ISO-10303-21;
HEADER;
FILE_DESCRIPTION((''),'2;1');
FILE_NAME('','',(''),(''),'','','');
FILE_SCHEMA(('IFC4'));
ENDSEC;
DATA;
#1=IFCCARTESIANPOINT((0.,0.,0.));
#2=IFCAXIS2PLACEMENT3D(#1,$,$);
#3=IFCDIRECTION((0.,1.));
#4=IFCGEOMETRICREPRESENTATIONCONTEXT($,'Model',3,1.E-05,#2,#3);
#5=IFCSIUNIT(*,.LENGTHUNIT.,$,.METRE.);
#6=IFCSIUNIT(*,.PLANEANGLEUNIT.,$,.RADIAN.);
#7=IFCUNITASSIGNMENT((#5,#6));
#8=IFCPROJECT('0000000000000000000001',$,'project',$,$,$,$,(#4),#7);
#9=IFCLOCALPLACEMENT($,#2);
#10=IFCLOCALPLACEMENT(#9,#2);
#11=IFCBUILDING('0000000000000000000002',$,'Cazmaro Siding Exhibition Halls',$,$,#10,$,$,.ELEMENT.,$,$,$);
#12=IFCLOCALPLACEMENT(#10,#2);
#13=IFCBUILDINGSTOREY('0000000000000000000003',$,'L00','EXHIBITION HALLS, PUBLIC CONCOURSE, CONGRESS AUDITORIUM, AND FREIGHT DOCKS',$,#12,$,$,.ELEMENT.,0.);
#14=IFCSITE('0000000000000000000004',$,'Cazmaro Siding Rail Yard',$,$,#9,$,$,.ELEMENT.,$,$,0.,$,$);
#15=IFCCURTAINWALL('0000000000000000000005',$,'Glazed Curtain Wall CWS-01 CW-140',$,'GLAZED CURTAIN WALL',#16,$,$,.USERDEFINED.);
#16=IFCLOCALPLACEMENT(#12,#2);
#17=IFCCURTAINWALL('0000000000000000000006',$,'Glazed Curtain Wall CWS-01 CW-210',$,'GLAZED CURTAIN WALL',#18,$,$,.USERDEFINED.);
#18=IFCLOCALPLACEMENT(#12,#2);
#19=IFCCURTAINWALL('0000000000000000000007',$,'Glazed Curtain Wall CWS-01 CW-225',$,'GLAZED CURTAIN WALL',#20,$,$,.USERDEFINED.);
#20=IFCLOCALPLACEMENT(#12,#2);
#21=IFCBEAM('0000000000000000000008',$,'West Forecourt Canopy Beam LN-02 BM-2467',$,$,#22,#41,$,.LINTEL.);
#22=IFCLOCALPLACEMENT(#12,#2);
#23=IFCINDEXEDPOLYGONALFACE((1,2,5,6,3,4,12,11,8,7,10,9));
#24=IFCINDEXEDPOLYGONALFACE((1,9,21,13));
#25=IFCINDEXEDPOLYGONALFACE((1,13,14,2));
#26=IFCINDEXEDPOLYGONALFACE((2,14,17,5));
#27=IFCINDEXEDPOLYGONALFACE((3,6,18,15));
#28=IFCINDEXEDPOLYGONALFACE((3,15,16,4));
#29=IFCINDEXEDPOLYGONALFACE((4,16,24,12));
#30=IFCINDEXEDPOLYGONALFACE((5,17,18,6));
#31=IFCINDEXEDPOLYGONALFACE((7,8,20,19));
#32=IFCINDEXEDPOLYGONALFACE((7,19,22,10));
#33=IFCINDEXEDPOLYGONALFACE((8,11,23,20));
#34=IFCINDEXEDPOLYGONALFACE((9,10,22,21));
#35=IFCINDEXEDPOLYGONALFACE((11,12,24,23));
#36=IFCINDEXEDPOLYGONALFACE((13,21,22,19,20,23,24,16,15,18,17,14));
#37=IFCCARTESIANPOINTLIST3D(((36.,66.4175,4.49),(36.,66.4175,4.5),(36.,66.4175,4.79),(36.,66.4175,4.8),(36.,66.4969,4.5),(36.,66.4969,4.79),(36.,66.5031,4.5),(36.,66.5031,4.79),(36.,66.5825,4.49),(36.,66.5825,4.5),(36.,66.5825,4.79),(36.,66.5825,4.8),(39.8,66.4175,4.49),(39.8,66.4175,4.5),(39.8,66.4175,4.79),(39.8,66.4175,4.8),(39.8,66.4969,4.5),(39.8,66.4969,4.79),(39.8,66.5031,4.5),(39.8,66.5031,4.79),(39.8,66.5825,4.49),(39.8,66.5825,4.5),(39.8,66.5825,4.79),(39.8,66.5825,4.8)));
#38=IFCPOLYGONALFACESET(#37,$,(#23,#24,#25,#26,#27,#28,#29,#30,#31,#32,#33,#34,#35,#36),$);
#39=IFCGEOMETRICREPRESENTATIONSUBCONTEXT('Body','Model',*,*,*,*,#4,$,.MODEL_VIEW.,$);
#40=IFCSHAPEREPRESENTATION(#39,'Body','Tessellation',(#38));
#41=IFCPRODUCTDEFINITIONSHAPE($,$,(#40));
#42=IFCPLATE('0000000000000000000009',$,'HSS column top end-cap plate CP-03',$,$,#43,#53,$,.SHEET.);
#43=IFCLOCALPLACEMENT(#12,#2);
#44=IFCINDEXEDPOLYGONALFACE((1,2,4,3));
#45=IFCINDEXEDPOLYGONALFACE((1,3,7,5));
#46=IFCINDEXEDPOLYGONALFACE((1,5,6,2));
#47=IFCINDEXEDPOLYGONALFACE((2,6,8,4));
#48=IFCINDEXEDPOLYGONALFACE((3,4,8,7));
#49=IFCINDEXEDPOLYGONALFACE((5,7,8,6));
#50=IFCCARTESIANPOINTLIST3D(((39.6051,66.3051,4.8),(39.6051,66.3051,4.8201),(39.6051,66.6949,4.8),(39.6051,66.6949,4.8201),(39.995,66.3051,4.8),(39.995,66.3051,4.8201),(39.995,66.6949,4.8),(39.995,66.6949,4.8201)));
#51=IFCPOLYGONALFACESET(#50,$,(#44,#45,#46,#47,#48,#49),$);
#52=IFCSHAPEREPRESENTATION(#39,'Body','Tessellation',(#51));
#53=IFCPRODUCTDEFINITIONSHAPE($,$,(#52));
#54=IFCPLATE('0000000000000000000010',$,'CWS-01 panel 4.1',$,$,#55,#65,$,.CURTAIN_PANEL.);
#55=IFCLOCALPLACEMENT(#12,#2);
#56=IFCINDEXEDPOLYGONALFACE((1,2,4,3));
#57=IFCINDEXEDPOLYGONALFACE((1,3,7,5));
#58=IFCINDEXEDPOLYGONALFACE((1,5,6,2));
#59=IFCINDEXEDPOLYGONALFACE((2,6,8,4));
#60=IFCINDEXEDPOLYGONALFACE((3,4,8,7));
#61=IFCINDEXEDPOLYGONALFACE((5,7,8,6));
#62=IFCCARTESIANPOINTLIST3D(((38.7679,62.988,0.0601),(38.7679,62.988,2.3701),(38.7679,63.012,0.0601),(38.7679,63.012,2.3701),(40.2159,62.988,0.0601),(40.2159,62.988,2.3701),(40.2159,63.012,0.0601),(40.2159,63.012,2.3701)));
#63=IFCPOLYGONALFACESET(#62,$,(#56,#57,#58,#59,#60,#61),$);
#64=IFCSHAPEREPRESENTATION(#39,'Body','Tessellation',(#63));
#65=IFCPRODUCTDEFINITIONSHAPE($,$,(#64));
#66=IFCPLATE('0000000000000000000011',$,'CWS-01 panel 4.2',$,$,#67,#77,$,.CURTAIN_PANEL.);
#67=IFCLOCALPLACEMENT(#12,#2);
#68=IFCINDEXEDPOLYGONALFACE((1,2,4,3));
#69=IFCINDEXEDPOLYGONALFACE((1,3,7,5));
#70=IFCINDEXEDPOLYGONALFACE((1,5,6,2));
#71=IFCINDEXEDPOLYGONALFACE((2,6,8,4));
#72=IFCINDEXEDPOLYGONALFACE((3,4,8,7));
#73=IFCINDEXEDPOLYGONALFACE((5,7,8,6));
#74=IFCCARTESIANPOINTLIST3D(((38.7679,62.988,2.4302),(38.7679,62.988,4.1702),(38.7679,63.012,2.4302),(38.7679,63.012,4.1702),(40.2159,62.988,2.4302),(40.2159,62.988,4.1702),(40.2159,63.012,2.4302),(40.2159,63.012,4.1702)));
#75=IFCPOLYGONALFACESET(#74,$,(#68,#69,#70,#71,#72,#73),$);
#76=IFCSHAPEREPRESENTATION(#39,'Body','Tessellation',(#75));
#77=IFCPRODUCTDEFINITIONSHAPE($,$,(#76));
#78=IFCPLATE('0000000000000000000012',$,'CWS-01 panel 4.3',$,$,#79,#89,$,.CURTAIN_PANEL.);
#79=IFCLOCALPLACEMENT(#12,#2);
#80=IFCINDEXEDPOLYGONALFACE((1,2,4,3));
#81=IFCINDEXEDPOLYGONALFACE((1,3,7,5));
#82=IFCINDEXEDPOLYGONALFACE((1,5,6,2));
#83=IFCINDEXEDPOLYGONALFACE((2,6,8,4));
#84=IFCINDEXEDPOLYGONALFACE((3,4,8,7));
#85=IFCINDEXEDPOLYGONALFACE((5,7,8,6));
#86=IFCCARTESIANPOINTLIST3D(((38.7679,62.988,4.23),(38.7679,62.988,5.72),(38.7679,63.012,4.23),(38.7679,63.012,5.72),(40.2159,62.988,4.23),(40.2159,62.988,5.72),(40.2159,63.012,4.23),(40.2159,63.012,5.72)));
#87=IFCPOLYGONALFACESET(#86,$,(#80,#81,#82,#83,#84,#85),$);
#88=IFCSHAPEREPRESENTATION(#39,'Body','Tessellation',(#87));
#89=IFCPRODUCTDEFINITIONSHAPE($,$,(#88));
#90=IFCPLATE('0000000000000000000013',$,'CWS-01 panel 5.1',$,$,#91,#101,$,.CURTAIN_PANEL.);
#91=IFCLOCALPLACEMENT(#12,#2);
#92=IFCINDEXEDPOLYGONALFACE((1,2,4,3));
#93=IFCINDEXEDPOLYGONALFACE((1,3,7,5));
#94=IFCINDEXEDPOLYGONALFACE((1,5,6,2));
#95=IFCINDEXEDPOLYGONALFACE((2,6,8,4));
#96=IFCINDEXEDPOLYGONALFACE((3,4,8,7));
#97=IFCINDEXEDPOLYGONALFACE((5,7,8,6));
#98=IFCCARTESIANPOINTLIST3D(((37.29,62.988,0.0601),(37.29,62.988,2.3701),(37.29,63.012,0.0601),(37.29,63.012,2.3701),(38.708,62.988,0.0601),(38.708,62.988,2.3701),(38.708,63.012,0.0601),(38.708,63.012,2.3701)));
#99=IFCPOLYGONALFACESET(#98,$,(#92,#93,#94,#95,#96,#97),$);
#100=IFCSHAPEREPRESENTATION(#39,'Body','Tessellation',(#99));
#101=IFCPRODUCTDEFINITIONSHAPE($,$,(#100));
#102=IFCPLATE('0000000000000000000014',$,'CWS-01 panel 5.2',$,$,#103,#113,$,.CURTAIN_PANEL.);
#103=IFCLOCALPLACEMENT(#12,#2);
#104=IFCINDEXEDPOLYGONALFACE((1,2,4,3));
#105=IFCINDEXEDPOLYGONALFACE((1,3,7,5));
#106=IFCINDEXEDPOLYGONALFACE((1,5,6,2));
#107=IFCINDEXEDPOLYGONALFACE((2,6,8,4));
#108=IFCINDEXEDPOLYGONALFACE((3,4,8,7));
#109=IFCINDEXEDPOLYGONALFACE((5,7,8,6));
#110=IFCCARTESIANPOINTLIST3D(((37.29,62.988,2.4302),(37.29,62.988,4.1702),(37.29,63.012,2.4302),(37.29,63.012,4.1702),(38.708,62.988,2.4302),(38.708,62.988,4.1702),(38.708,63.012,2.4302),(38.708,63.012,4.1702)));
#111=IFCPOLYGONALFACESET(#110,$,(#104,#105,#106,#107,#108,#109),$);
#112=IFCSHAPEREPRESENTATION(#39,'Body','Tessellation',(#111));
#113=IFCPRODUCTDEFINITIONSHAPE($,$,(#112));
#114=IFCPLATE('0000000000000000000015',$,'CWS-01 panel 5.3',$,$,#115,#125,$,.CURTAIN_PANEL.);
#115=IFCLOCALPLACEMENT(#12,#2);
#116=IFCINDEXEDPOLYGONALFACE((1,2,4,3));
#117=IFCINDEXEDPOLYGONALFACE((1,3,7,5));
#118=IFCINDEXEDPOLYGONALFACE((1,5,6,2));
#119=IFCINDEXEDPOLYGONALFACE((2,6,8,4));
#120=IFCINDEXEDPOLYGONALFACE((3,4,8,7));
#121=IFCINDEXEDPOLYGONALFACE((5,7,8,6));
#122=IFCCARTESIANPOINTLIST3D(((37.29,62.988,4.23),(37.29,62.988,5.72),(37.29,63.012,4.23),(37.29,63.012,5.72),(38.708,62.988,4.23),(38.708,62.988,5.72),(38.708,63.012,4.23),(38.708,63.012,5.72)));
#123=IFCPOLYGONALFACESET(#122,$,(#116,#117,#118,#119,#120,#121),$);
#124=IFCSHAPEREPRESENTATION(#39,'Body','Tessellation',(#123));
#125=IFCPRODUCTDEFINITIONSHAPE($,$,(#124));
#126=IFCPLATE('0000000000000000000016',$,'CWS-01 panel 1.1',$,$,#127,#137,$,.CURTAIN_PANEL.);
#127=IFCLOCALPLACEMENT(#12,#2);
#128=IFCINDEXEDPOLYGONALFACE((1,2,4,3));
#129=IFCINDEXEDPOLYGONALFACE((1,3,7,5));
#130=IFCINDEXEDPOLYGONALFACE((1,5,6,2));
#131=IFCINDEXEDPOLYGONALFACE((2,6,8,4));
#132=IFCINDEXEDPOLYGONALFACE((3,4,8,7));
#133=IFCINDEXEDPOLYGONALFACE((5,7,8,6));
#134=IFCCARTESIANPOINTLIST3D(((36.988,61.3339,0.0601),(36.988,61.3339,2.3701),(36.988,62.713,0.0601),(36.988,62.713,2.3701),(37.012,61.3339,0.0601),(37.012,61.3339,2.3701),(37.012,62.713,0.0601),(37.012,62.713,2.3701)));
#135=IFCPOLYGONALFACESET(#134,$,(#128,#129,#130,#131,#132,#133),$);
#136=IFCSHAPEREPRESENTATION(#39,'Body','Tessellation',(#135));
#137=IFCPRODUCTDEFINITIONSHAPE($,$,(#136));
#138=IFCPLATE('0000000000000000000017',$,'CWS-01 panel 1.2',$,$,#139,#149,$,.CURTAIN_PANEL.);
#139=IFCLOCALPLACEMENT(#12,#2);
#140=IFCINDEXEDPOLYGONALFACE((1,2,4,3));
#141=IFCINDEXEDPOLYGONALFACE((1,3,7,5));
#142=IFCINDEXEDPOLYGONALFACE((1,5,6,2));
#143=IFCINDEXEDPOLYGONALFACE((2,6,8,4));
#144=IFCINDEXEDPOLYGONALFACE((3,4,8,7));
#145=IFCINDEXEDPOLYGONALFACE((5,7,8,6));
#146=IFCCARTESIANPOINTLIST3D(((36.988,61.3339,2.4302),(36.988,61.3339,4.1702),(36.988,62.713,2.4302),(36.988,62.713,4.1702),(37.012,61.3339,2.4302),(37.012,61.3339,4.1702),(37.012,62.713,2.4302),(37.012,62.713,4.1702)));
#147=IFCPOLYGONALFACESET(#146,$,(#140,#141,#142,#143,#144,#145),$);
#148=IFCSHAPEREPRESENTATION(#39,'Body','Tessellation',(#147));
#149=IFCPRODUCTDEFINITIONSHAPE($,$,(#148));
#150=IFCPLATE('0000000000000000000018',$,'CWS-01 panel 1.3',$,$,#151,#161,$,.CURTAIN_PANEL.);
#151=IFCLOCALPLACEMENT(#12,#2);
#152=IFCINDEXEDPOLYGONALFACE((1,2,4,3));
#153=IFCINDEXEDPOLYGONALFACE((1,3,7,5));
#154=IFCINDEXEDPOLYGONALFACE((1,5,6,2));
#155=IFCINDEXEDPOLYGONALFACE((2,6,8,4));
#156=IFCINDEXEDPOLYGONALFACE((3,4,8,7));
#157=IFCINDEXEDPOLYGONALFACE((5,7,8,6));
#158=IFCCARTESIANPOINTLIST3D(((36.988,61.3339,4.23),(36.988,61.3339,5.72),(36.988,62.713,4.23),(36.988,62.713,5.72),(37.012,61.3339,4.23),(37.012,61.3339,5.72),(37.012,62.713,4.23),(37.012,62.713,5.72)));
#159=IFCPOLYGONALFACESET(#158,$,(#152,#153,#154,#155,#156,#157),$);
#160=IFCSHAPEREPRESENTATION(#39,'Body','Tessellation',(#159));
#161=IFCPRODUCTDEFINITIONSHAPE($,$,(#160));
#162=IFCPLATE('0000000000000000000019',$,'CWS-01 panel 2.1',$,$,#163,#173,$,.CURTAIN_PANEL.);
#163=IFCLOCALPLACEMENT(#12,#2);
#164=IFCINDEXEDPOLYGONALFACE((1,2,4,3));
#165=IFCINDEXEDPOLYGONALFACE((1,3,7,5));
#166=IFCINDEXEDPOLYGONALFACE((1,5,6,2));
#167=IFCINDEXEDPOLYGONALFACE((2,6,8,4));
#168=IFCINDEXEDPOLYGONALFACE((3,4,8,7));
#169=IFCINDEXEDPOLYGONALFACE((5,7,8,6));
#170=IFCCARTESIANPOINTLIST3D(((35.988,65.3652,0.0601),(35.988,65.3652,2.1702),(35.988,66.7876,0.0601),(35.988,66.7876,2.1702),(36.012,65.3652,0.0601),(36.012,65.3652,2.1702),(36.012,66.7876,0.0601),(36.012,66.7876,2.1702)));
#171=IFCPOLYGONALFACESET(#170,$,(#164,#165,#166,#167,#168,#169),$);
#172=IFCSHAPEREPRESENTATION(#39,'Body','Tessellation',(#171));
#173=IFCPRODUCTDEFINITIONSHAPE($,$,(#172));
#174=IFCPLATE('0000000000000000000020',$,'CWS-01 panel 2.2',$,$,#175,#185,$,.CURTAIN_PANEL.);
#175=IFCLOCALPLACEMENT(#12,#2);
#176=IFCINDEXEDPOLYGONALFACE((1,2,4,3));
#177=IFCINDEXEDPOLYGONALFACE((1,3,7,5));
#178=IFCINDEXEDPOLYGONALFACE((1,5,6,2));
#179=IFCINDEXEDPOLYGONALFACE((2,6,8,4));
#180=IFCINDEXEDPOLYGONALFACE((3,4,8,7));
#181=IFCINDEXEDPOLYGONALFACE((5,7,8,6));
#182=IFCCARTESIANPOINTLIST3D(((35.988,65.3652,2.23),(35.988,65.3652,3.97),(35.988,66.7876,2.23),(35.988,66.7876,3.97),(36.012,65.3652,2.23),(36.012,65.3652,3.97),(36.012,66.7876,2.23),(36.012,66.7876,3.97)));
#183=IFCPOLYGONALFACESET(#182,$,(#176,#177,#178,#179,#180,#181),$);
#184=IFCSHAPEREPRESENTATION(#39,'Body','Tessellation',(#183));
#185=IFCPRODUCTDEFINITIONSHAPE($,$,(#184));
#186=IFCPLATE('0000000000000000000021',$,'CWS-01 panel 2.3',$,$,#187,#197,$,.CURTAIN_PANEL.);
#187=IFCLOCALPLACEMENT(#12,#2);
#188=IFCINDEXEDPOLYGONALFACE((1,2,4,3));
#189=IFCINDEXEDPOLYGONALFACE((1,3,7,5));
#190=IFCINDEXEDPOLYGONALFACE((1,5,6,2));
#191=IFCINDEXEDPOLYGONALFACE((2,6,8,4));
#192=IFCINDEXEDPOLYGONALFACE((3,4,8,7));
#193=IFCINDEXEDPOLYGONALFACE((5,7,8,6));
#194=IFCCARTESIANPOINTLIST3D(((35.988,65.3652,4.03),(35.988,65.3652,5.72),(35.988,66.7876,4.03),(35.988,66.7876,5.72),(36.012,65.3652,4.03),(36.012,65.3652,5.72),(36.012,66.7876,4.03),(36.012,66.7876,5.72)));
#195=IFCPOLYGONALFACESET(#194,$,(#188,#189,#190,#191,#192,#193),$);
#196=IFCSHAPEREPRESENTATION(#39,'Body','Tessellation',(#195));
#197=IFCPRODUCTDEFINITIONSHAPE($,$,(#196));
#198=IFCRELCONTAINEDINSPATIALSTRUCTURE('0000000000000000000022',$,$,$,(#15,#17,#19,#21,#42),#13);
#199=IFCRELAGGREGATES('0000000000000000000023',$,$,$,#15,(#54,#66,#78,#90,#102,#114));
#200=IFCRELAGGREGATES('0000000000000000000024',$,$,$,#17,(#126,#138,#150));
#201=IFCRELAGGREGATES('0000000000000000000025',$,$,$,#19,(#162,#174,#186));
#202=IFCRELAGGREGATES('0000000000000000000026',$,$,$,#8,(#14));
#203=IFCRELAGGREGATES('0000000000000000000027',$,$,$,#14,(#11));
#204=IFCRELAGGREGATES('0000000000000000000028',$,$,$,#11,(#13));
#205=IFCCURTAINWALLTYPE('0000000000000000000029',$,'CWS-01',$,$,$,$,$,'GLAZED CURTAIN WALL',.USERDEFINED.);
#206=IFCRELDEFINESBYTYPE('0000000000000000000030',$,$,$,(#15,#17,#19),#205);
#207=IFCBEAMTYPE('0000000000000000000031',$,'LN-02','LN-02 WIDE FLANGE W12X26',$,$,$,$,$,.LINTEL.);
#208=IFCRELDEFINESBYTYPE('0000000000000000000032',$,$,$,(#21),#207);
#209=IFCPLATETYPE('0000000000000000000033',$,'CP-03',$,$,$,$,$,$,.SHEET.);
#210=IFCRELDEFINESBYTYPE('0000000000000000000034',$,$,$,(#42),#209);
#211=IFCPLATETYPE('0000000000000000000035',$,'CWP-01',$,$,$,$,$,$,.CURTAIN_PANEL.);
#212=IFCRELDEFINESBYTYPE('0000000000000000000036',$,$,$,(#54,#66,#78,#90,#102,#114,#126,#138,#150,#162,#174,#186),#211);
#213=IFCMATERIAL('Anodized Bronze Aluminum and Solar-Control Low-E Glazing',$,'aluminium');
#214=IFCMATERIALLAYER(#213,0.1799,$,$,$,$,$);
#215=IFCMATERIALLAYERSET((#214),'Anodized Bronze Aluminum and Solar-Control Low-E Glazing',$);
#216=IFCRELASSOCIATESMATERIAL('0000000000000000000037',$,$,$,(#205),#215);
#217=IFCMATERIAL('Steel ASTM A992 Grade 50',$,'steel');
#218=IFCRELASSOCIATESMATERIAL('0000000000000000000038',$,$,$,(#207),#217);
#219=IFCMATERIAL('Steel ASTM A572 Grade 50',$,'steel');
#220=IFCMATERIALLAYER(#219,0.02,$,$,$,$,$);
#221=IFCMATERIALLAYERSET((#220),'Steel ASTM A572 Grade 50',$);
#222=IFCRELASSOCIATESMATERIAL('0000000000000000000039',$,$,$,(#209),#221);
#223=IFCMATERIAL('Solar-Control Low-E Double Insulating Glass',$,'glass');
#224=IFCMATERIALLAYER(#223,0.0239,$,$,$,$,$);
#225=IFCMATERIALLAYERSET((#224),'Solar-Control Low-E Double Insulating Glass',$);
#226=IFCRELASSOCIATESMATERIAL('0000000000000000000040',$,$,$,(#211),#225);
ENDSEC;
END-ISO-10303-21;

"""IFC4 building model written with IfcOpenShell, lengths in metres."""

from ifc_helpers import new_model, si_unit, direction, frame, origin, origin_2d, place, context, subcontext, project, spatial, rectangle, i_section, extrude, material, layer, layer_set, material_profile, profile_set, type_object, element, aggregate, save


model = new_model("IFC4")

# Units and contexts
model_context = context("Model", 3, precision=1e-05, world=origin(), true_north=direction((0.0, 1.0)))
body_context = subcontext(model_context, "Body", "Model", "MODEL_VIEW")
ifc_project = project(units=[si_unit("LENGTHUNIT", "METRE"), si_unit("PLANEANGLEUNIT", "RADIAN")], contexts=[model_context])

# Site, building, storey
site_placement = place(None, origin())
site = spatial("IfcSite", under=ifc_project, at=site_placement, Name="Cazmaro Siding Rail Yard", CompositionType="ELEMENT", RefElevation=0.0)
building_placement = place(site_placement, origin())
building = spatial("IfcBuilding", under=site, at=building_placement, Name="Cazmaro Siding Exhibition Halls", CompositionType="ELEMENT")
storey_placement = place(building_placement, origin())
storey = spatial("IfcBuildingStorey", under=building, at=storey_placement, Name="L00", Description="EXHIBITION HALLS, PUBLIC CONCOURSE, CONGRESS AUDITORIUM, AND FREIGHT DOCKS", CompositionType="ELEMENT", Elevation=0.0)

# Curtain wall
ifc_material_1 = material(Name="Anodized Bronze Aluminum and Solar-Control Low-E Glazing", Category="aluminium")
ifc_layer_1 = layer(ifc_material_1, 0.1799)
ifc_layer_set_1 = layer_set([ifc_layer_1], Name="Anodized Bronze Aluminum and Solar-Control Low-E Glazing")
curtain_wall_type = type_object("IfcCurtainWallType", Name="CWS-01", ElementType="GLAZED CURTAIN WALL", PredefinedType="USERDEFINED", material=ifc_layer_set_1)
curtain_wall_1_placement = place(storey_placement, origin())
curtain_wall_1 = element("IfcCurtainWall", 1, at=curtain_wall_1_placement, inside=storey, type_object=curtain_wall_type, Name="Glazed Curtain Wall CWS-01 CW-140", ObjectType="GLAZED CURTAIN WALL", PredefinedType="USERDEFINED")

# Curtain walls
curtain_wall_2_placement = place(storey_placement, origin())
curtain_wall_2 = element("IfcCurtainWall", 2, at=curtain_wall_2_placement, inside=storey, type_object=curtain_wall_type, Name="Glazed Curtain Wall CWS-01 CW-210", ObjectType="GLAZED CURTAIN WALL", PredefinedType="USERDEFINED")
curtain_wall_3_placement = place(storey_placement, origin())
curtain_wall_3 = element("IfcCurtainWall", 3, at=curtain_wall_3_placement, inside=storey, type_object=curtain_wall_type, Name="Glazed Curtain Wall CWS-01 CW-225", ObjectType="GLAZED CURTAIN WALL", PredefinedType="USERDEFINED")

# Beam
ifc_material_2 = material(Name="Steel ASTM A992 Grade 50", Category="steel")
ifc_material_profile_1 = material_profile(ifc_material_2, i_section(OverallWidth=0.165, OverallDepth=0.3101, WebThickness=0.0061, FlangeThickness=0.01, at=origin_2d()), Name="W12X26")
ifc_profile_set_1 = profile_set([ifc_material_profile_1], Name="Steel ASTM A992 Grade 50")
beam_type_1 = type_object("IfcBeamType", Name="LN-02", Description="LN-02 WIDE FLANGE W12X26", PredefinedType="LINTEL", material=ifc_profile_set_1)
beam_1_placement = place(storey_placement, frame((36.0, 66.5, 4.645), z_axis=(1.0, 0.0, 0.0), x_axis=(0.0, 1.0, 0.0)))
element("IfcBeam", 4, at=beam_1_placement, inside=storey, type_object=beam_type_1, Name="West Forecourt Canopy Beam LN-02 BM-2467", PredefinedType="LINTEL", context=body_context, shape_type="SweptSolid", body=[
    extrude(i_section(OverallWidth=0.165, OverallDepth=0.3101, WebThickness=0.0061, FlangeThickness=0.01, at=origin_2d()), origin(), (0.0, 0.0, 1.0), 3.8),
])

# Plates
ifc_material_3 = material(Name="Steel ASTM A572 Grade 50", Category="steel")
ifc_layer_2 = layer(ifc_material_3, 0.02)
ifc_layer_set_2 = layer_set([ifc_layer_2], Name="Steel ASTM A572 Grade 50")
plate_type_1 = type_object("IfcPlateType", Name="CP-03", PredefinedType="SHEET", material=ifc_layer_set_2)
plate_1_placement = place(storey_placement, frame((39.8, 66.5, 4.8), z_axis=(0.0, 0.0, 1.0), x_axis=(1.0, 0.0, 0.0)))
element("IfcPlate", 5, at=plate_1_placement, inside=storey, type_object=plate_type_1, Name="HSS column top end-cap plate CP-03", PredefinedType="SHEET", context=body_context, shape_type="SweptSolid", body=[
    extrude(rectangle(XDim=0.3899, YDim=0.3899, at=origin_2d()), origin(), (0.0, 0.0, 1.0), 0.02),
])
ifc_material_4 = material(Name="Solar-Control Low-E Double Insulating Glass", Category="glass")
ifc_layer_3 = layer(ifc_material_4, 0.0239)
ifc_layer_set_3 = layer_set([ifc_layer_3], Name="Solar-Control Low-E Double Insulating Glass")
plate_type_2 = type_object("IfcPlateType", Name="CWP-01", PredefinedType="CURTAIN_PANEL", material=ifc_layer_set_3)
plate_2_placement = place(storey_placement, frame((39.4919, 63.0, 0.0601), z_axis=(0.0, 0.0, 1.0), x_axis=(-1.0, 0.0, 0.0)))
plate_2 = element("IfcPlate", 6, at=plate_2_placement, type_object=plate_type_2, Name="CWS-01 panel 4.1", PredefinedType="CURTAIN_PANEL", context=body_context, shape_type="SweptSolid", body=[
    extrude(rectangle(XDim=1.448, YDim=0.0239, at=origin_2d()), origin(), (0.0, 0.0, 1.0), 2.3101),
])
plate_3_placement = place(storey_placement, frame((39.4919, 63.0, 2.4302), z_axis=(0.0, 0.0, 1.0), x_axis=(-1.0, 0.0, 0.0)))
plate_3 = element("IfcPlate", 7, at=plate_3_placement, type_object=plate_type_2, Name="CWS-01 panel 4.2", PredefinedType="CURTAIN_PANEL", context=body_context, shape_type="SweptSolid", body=[
    extrude(rectangle(XDim=1.448, YDim=0.0239, at=origin_2d()), origin(), (0.0, 0.0, 1.0), 1.74),
])
plate_4_placement = place(storey_placement, frame((39.4919, 63.0, 4.23), z_axis=(0.0, 0.0, 1.0), x_axis=(-1.0, 0.0, 0.0)))
plate_4 = element("IfcPlate", 8, at=plate_4_placement, type_object=plate_type_2, Name="CWS-01 panel 4.3", PredefinedType="CURTAIN_PANEL", context=body_context, shape_type="SweptSolid", body=[
    extrude(rectangle(XDim=1.448, YDim=0.0239, at=origin_2d()), origin(), (0.0, 0.0, 1.0), 1.49),
])
plate_5_placement = place(storey_placement, frame((37.999, 63.0, 0.0601), z_axis=(0.0, 0.0, 1.0), x_axis=(-1.0, 0.0, 0.0)))
plate_5 = element("IfcPlate", 9, at=plate_5_placement, type_object=plate_type_2, Name="CWS-01 panel 5.1", PredefinedType="CURTAIN_PANEL", context=body_context, shape_type="SweptSolid", body=[
    extrude(rectangle(XDim=1.418, YDim=0.0239, at=origin_2d()), origin(), (0.0, 0.0, 1.0), 2.3101),
])
plate_6_placement = place(storey_placement, frame((37.999, 63.0, 2.4302), z_axis=(0.0, 0.0, 1.0), x_axis=(-1.0, 0.0, 0.0)))
plate_6 = element("IfcPlate", 10, at=plate_6_placement, type_object=plate_type_2, Name="CWS-01 panel 5.2", PredefinedType="CURTAIN_PANEL", context=body_context, shape_type="SweptSolid", body=[
    extrude(rectangle(XDim=1.418, YDim=0.0239, at=origin_2d()), origin(), (0.0, 0.0, 1.0), 1.74),
])
plate_7_placement = place(storey_placement, frame((37.999, 63.0, 4.23), z_axis=(0.0, 0.0, 1.0), x_axis=(-1.0, 0.0, 0.0)))
plate_7 = element("IfcPlate", 11, at=plate_7_placement, type_object=plate_type_2, Name="CWS-01 panel 5.3", PredefinedType="CURTAIN_PANEL", context=body_context, shape_type="SweptSolid", body=[
    extrude(rectangle(XDim=1.418, YDim=0.0239, at=origin_2d()), origin(), (0.0, 0.0, 1.0), 1.49),
])
aggregate(curtain_wall_1, [plate_2, plate_3, plate_4, plate_5, plate_6, plate_7])
plate_8_placement = place(storey_placement, frame((37.0, 62.0234, 0.0601), z_axis=(0.0, 0.0, 1.0), x_axis=(0.0, -1.0, 0.0)))
plate_8 = element("IfcPlate", 12, at=plate_8_placement, type_object=plate_type_2, Name="CWS-01 panel 1.1", PredefinedType="CURTAIN_PANEL", context=body_context, shape_type="SweptSolid", body=[
    extrude(rectangle(XDim=1.3792, YDim=0.0239, at=origin_2d()), origin(), (0.0, 0.0, 1.0), 2.3101),
])
plate_9_placement = place(storey_placement, frame((37.0, 62.0234, 2.4302), z_axis=(0.0, 0.0, 1.0), x_axis=(0.0, -1.0, 0.0)))
plate_9 = element("IfcPlate", 13, at=plate_9_placement, type_object=plate_type_2, Name="CWS-01 panel 1.2", PredefinedType="CURTAIN_PANEL", context=body_context, shape_type="SweptSolid", body=[
    extrude(rectangle(XDim=1.3792, YDim=0.0239, at=origin_2d()), origin(), (0.0, 0.0, 1.0), 1.74),
])
plate_10_placement = place(storey_placement, frame((37.0, 62.0234, 4.23), z_axis=(0.0, 0.0, 1.0), x_axis=(0.0, -1.0, 0.0)))
plate_10 = element("IfcPlate", 14, at=plate_10_placement, type_object=plate_type_2, Name="CWS-01 panel 1.3", PredefinedType="CURTAIN_PANEL", context=body_context, shape_type="SweptSolid", body=[
    extrude(rectangle(XDim=1.3792, YDim=0.0239, at=origin_2d()), origin(), (0.0, 0.0, 1.0), 1.49),
])
aggregate(curtain_wall_2, [plate_8, plate_9, plate_10])
plate_11_placement = place(storey_placement, frame((36.0, 66.0764, 0.0601), z_axis=(0.0, 0.0, 1.0), x_axis=(0.0, 1.0, 0.0)))
plate_11 = element("IfcPlate", 15, at=plate_11_placement, type_object=plate_type_2, Name="CWS-01 panel 2.1", PredefinedType="CURTAIN_PANEL", context=body_context, shape_type="SweptSolid", body=[
    extrude(rectangle(XDim=1.4224, YDim=0.0239, at=origin_2d()), origin(), (0.0, 0.0, 1.0), 2.1101),
])
plate_12_placement = place(storey_placement, frame((36.0, 66.0764, 2.23), z_axis=(0.0, 0.0, 1.0), x_axis=(0.0, 1.0, 0.0)))
plate_12 = element("IfcPlate", 16, at=plate_12_placement, type_object=plate_type_2, Name="CWS-01 panel 2.2", PredefinedType="CURTAIN_PANEL", context=body_context, shape_type="SweptSolid", body=[
    extrude(rectangle(XDim=1.4224, YDim=0.0239, at=origin_2d()), origin(), (0.0, 0.0, 1.0), 1.74),
])
plate_13_placement = place(storey_placement, frame((36.0, 66.0764, 4.03), z_axis=(0.0, 0.0, 1.0), x_axis=(0.0, 1.0, 0.0)))
plate_13 = element("IfcPlate", 17, at=plate_13_placement, type_object=plate_type_2, Name="CWS-01 panel 2.3", PredefinedType="CURTAIN_PANEL", context=body_context, shape_type="SweptSolid", body=[
    extrude(rectangle(XDim=1.4224, YDim=0.0239, at=origin_2d()), origin(), (0.0, 0.0, 1.0), 1.6899),
])
aggregate(curtain_wall_3, [plate_11, plate_12, plate_13])

save(model, "model.ifc")
